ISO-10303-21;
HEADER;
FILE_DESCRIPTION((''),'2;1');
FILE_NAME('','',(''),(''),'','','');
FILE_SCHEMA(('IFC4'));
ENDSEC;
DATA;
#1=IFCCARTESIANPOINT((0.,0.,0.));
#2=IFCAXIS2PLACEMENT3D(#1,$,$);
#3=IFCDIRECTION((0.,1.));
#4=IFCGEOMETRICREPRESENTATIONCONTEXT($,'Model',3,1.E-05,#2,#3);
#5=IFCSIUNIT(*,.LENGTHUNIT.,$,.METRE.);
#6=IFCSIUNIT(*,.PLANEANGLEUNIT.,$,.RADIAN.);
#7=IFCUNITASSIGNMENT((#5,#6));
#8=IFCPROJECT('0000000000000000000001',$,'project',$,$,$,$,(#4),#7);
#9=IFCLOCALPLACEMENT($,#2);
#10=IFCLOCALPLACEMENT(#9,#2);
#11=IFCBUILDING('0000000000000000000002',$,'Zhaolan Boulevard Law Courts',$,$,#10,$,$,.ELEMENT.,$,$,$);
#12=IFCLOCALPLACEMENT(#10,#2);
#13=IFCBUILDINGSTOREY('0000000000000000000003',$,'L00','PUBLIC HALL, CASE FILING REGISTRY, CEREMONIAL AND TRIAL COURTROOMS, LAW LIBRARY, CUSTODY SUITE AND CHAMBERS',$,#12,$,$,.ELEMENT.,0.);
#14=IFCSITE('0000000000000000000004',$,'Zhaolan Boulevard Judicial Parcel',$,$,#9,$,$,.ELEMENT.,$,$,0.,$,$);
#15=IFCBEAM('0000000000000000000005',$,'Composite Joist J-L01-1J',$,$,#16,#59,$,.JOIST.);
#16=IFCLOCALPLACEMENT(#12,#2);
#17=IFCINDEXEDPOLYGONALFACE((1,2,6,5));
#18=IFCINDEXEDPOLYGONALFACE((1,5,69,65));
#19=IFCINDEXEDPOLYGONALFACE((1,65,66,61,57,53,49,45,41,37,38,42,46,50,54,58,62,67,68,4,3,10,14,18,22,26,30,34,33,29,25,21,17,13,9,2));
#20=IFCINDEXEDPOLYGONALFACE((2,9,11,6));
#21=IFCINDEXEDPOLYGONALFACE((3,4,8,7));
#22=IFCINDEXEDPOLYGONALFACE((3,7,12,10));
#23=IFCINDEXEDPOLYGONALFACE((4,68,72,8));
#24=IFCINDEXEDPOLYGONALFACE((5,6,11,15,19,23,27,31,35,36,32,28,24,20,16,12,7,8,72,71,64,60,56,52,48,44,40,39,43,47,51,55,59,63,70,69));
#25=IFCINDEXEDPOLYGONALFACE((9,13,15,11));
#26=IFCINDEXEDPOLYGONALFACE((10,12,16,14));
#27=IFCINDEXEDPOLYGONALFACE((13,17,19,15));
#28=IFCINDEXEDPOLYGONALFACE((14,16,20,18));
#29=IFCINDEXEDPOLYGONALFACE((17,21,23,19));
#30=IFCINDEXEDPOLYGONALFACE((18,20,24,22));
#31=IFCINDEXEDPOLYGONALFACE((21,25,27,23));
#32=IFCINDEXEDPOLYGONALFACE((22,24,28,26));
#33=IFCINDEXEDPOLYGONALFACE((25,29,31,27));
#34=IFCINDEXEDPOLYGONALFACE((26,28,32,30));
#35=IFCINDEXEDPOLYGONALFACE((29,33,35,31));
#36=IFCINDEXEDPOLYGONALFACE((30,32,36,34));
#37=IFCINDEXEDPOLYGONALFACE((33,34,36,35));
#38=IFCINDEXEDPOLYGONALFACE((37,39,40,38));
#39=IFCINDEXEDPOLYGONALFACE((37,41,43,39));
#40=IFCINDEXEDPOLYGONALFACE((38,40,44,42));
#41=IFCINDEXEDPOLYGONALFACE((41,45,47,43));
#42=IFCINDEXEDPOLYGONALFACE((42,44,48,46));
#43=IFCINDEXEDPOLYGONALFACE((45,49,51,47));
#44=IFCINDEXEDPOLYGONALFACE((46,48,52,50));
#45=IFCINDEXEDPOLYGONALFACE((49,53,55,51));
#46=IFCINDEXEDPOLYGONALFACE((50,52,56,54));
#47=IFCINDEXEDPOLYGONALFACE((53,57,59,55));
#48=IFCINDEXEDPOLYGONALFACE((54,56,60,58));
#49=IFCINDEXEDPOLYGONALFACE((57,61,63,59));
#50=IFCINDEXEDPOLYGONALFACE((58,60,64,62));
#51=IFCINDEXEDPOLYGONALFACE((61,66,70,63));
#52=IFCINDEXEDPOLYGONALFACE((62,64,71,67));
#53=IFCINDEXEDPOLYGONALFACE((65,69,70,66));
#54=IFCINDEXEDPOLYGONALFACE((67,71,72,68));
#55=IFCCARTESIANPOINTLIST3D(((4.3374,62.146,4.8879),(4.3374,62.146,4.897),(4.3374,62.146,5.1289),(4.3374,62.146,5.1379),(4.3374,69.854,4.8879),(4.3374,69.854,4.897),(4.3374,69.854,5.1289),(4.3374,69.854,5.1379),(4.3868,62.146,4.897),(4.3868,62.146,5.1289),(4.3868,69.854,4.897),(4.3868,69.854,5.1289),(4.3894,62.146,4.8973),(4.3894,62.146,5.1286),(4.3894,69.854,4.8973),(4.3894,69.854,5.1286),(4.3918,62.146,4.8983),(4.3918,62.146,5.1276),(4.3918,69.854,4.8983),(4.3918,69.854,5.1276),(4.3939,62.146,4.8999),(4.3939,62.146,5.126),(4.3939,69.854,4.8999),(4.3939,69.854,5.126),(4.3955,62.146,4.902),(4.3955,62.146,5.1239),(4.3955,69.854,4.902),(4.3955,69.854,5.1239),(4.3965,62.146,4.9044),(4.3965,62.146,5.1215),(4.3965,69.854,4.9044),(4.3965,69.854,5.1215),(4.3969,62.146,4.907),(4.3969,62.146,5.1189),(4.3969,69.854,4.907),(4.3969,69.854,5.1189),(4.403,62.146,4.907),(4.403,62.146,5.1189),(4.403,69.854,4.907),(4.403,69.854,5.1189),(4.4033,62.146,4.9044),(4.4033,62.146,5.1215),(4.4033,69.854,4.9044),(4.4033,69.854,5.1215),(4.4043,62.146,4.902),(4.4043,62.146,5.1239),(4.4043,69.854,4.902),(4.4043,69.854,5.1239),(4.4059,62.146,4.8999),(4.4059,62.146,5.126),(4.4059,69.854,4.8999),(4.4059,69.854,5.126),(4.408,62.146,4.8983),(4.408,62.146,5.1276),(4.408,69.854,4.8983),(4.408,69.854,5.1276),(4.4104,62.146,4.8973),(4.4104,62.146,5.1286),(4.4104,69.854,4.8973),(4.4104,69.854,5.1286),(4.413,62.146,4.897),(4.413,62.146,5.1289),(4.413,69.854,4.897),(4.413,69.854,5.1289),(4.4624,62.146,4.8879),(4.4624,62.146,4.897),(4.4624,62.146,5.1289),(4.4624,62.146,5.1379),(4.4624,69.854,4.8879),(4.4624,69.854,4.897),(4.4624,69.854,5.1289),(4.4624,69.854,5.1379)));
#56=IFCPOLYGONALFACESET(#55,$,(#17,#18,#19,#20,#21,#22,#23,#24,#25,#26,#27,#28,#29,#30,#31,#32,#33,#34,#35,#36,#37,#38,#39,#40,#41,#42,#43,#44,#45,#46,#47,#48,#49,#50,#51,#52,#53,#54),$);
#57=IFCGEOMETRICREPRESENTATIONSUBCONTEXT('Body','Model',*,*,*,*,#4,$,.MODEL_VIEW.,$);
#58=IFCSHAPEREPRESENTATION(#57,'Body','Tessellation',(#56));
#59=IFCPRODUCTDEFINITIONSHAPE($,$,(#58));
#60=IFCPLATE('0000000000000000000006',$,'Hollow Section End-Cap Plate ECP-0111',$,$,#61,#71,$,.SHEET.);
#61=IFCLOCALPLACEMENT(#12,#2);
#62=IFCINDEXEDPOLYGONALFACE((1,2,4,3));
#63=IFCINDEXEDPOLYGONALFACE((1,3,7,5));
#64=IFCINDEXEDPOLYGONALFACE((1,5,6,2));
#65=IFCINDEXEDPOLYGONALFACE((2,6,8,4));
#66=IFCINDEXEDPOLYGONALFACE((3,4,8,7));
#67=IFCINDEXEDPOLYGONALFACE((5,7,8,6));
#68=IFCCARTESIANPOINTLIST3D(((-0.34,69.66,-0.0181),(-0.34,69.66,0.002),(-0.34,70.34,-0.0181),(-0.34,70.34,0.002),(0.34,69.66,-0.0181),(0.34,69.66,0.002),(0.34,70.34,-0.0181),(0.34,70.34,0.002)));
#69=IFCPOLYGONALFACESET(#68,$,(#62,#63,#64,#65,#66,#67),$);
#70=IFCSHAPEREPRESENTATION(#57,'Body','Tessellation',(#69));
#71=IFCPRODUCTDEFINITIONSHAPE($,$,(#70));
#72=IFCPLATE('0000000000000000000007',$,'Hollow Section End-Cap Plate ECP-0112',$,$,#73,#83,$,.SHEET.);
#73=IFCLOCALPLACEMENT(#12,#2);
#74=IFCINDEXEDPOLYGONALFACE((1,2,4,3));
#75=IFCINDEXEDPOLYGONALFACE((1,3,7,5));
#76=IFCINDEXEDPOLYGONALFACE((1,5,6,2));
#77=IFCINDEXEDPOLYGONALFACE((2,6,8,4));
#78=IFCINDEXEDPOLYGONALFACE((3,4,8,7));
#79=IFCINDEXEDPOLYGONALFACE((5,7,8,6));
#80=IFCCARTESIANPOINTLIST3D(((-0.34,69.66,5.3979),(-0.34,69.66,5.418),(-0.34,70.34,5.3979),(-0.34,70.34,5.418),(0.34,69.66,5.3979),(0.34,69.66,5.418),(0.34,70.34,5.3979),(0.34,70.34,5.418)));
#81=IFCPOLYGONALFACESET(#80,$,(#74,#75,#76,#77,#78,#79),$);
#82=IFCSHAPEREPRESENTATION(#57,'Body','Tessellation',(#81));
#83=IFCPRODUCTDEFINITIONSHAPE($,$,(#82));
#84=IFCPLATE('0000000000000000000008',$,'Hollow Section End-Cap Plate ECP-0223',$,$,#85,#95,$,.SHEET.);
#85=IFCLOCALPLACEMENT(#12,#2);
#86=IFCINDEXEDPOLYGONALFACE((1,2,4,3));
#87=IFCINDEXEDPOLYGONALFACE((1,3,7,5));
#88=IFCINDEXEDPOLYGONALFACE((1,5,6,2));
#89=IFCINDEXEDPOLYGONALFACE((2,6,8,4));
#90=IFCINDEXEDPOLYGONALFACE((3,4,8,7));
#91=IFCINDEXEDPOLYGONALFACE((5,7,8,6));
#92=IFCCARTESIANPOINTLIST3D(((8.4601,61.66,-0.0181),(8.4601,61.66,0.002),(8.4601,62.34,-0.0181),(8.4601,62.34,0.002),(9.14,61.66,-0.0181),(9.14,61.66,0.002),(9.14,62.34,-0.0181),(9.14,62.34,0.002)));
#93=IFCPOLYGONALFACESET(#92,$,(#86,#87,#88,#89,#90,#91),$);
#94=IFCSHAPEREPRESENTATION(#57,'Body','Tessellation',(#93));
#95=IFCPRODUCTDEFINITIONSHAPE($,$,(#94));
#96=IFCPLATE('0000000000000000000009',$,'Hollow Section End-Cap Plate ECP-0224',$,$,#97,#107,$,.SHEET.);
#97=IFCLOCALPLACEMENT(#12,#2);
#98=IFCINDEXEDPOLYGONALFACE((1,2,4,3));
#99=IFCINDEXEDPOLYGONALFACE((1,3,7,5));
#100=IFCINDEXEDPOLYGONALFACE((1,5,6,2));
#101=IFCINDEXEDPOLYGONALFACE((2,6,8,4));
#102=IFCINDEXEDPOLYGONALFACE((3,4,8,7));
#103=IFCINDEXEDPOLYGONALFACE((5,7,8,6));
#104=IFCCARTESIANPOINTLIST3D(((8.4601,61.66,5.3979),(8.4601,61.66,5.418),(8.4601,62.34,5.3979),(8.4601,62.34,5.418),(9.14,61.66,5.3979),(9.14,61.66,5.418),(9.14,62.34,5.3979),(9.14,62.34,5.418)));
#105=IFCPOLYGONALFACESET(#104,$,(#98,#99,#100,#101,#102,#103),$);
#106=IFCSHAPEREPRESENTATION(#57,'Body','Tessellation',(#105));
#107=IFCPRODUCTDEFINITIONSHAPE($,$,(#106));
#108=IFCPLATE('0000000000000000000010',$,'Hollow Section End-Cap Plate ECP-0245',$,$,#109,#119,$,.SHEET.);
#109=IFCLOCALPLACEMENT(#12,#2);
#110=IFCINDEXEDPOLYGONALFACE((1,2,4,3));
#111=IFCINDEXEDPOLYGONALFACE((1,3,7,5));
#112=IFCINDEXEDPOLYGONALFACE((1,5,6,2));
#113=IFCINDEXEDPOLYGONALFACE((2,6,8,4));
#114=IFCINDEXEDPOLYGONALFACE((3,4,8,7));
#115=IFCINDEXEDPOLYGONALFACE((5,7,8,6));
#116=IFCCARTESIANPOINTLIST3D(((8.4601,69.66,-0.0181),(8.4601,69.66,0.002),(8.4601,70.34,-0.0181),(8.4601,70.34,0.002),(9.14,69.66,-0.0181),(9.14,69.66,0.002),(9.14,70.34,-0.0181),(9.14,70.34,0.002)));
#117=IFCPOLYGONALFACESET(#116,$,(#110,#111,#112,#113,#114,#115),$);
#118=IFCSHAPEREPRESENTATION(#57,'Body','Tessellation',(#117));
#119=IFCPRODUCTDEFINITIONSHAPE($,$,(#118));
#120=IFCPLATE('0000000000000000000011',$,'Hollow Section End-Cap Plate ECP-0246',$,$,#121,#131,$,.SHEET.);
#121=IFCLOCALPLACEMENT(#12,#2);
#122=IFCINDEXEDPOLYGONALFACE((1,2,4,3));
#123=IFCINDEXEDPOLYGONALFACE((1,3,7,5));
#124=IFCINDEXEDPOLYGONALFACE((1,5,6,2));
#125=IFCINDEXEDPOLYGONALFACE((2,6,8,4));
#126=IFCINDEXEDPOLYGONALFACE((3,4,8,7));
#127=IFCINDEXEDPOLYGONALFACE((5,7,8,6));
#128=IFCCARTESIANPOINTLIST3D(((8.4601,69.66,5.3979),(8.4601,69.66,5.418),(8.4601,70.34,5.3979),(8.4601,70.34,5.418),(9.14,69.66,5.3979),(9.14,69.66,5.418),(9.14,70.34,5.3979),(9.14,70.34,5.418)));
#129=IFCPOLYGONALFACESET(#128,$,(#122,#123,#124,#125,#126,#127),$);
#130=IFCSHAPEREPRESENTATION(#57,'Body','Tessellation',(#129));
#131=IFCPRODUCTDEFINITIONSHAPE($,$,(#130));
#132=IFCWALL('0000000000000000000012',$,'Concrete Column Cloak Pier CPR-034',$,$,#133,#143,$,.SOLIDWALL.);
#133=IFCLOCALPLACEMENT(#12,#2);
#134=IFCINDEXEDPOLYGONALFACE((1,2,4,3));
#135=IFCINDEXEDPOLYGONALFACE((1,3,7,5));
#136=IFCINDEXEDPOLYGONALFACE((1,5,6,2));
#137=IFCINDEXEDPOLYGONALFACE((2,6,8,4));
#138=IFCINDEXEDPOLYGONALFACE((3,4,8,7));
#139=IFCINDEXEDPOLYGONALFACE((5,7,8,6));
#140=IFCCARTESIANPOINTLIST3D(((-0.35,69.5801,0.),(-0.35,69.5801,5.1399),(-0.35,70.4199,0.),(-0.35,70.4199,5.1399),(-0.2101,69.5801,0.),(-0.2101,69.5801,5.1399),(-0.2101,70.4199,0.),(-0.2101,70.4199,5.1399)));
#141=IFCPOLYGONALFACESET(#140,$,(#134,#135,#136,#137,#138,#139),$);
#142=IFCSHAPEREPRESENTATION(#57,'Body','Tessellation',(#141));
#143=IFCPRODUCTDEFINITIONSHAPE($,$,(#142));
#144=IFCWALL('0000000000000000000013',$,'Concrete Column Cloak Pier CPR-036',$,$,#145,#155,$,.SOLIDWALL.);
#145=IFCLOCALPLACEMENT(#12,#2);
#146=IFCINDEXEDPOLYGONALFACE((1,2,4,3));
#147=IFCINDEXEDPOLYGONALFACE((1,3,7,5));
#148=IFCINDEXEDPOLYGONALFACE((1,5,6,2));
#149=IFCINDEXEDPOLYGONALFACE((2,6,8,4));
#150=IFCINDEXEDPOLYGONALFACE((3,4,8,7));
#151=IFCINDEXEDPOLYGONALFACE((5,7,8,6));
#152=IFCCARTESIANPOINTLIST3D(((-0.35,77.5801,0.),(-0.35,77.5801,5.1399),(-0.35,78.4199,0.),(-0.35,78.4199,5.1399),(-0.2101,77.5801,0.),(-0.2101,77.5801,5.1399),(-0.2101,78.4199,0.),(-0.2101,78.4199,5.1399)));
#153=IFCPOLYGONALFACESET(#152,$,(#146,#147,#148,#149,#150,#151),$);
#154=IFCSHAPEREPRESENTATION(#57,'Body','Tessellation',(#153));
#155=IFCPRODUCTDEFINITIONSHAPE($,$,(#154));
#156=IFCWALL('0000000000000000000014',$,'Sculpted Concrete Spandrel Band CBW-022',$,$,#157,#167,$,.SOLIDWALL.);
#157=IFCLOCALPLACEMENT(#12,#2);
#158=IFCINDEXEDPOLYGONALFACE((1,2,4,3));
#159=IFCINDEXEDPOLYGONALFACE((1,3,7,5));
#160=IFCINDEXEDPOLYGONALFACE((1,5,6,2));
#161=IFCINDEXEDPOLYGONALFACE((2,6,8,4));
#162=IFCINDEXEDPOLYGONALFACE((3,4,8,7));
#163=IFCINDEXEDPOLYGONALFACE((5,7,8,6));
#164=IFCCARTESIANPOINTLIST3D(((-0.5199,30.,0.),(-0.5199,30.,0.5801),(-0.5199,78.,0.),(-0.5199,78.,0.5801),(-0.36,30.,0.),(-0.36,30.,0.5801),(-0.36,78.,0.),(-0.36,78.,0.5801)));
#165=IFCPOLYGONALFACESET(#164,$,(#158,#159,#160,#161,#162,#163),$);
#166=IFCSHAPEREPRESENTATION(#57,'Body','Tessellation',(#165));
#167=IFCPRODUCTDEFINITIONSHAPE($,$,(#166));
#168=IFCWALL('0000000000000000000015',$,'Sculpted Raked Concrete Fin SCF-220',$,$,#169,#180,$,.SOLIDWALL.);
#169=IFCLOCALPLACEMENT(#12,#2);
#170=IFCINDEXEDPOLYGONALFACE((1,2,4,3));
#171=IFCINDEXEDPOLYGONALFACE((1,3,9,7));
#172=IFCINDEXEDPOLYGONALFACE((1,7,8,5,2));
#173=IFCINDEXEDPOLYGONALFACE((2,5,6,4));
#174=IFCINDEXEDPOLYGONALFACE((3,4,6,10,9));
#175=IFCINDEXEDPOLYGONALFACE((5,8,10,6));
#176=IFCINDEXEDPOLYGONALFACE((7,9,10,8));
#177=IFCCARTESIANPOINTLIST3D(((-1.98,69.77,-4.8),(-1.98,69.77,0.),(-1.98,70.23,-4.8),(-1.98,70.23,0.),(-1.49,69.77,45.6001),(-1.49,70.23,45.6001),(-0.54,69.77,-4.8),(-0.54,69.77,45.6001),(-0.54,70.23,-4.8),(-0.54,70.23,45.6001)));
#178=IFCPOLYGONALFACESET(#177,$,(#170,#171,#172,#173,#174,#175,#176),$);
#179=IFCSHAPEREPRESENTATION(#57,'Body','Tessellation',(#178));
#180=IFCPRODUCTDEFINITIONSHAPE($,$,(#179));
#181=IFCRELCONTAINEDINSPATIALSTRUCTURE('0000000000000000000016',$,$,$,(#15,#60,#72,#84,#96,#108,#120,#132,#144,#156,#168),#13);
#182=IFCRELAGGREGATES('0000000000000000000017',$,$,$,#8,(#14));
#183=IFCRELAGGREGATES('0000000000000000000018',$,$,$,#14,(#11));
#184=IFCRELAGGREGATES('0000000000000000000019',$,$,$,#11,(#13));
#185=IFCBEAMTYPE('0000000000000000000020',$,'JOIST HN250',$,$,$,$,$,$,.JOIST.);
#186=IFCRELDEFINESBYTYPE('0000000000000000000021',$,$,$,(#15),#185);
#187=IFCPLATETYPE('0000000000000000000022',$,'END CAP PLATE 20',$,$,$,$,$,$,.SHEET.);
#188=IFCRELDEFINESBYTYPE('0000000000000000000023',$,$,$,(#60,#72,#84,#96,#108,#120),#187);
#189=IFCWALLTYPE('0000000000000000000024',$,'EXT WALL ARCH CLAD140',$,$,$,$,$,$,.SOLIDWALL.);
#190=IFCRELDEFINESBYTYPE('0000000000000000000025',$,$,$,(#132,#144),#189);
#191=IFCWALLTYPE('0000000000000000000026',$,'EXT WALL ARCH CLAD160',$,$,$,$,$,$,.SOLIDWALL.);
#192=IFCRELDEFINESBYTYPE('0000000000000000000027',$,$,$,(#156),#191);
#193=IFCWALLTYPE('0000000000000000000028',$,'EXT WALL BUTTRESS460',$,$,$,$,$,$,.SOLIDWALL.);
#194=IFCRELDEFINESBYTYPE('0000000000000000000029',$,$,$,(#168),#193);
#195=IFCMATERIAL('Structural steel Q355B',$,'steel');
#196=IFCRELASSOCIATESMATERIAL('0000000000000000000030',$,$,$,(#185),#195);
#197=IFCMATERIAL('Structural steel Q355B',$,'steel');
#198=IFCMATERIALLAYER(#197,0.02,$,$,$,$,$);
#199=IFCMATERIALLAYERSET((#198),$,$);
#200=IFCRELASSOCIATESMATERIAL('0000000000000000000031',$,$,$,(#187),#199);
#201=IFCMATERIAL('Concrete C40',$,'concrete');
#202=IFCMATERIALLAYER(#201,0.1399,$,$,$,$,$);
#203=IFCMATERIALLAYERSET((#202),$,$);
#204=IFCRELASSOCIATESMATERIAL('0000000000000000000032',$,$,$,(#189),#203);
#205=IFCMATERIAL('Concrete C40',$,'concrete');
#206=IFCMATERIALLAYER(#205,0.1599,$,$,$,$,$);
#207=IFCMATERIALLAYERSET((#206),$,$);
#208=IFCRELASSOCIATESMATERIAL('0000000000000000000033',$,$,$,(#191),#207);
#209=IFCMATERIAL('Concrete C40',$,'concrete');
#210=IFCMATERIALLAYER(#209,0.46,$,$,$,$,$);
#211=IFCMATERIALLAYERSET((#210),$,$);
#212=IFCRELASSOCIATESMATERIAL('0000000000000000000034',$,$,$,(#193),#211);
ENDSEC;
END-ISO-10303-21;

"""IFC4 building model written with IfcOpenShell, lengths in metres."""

from ifc_helpers import new_model, si_unit, direction, frame, frame_2d, origin, origin_2d, place, context, subcontext, project, spatial, polyline, rectangle, i_section, outline, extrude, material, layer, layer_set, material_profile, profile_set, type_object, element, save


model = new_model("IFC4")

# Units and contexts
model_context = context("Model", 3, precision=1e-05, world=origin(), true_north=direction((0.0, 1.0)))
body_context = subcontext(model_context, "Body", "Model", "MODEL_VIEW")
ifc_project = project(units=[si_unit("LENGTHUNIT", "METRE"), si_unit("PLANEANGLEUNIT", "RADIAN")], contexts=[model_context])

# Site, building, storey
site_placement = place(None, origin())
site = spatial("IfcSite", under=ifc_project, at=site_placement, Name="Zhaolan Boulevard Judicial Parcel", CompositionType="ELEMENT", RefElevation=0.0)
building_placement = place(site_placement, origin())
building = spatial("IfcBuilding", under=site, at=building_placement, Name="Zhaolan Boulevard Law Courts", CompositionType="ELEMENT")
storey_placement = place(building_placement, origin())
storey = spatial("IfcBuildingStorey", under=building, at=storey_placement, Name="L00", Description="PUBLIC HALL, CASE FILING REGISTRY, CEREMONIAL AND TRIAL COURTROOMS, LAW LIBRARY, CUSTODY SUITE AND CHAMBERS", CompositionType="ELEMENT", Elevation=0.0)

# Beam
ifc_material_1 = material(Name="Structural steel Q355B", Category="steel")
ifc_material_profile_1 = material_profile(ifc_material_1, i_section(OverallWidth=0.125, OverallDepth=0.25, WebThickness=0.0061, FlangeThickness=0.009, FilletRadius=0.01, at=origin_2d()), Name="HN250x125")
ifc_profile_set_1 = profile_set([ifc_material_profile_1], Name="Structural steel Q355B")
beam_type_1 = type_object("IfcBeamType", Name="JOIST HN250", PredefinedType="JOIST", material=ifc_profile_set_1)
beam_1_placement = place(storey_placement, frame((4.3999, 62.146, 5.0129), z_axis=(0.0, 1.0, 0.0), x_axis=(-1.0, 0.0, 0.0)))
element("IfcBeam", 1, at=beam_1_placement, inside=storey, type_object=beam_type_1, Name="Composite Joist J-L01-1J", PredefinedType="JOIST", context=body_context, shape_type="SweptSolid", body=[
    extrude(i_section(OverallWidth=0.125, OverallDepth=0.25, WebThickness=0.0061, FlangeThickness=0.009, FilletRadius=0.01, at=origin_2d()), origin(), (0.0, 0.0, 1.0), 7.708),
])

# Plates
ifc_material_2 = material(Name="Structural steel Q355B", Category="steel")
ifc_layer_1 = layer(ifc_material_2, 0.02)
ifc_layer_set_1 = layer_set([ifc_layer_1])
plate_type = type_object("IfcPlateType", Name="END CAP PLATE 20", PredefinedType="SHEET", material=ifc_layer_set_1)
for number, where, z_axis, x_axis, name in (
    (2, (0.0, 70.0, -0.0181), (0.0, 0.0, 1.0), (1.0, 0.0, 0.0), "Hollow Section End-Cap Plate ECP-0111"),
    (3, (0.0, 70.0, 5.3979), (0.0, 0.0, 1.0), (1.0, 0.0, 0.0), "Hollow Section End-Cap Plate ECP-0112"),
    (4, (8.8, 62.0, -0.0181), (0.0, 0.0, 1.0), (1.0, 0.0, 0.0), "Hollow Section End-Cap Plate ECP-0223"),
    (5, (8.8, 62.0, 5.3979), (0.0, 0.0, 1.0), (1.0, 0.0, 0.0), "Hollow Section End-Cap Plate ECP-0224"),
    (6, (8.8, 70.0, -0.0181), (0.0, 0.0, 1.0), (1.0, 0.0, 0.0), "Hollow Section End-Cap Plate ECP-0245"),
    (7, (8.8, 70.0, 5.3979), (0.0, 0.0, 1.0), (1.0, 0.0, 0.0), "Hollow Section End-Cap Plate ECP-0246"),
):
    element("IfcPlate", number, at=place(storey_placement, frame(where, z_axis=z_axis, x_axis=x_axis)), inside=storey, type_object=plate_type, Name=name, PredefinedType="SHEET", context=body_context, shape_type="SweptSolid", body=[
        extrude(rectangle(XDim=0.6799, YDim=0.6799, at=origin_2d()), origin(), (0.0, 0.0, 1.0), 0.02),
    ])

# Walls
ifc_material_3 = material(Name="Concrete C40", Category="concrete")
ifc_layer_2 = layer(ifc_material_3, 0.1399)
ifc_layer_set_2 = layer_set([ifc_layer_2])
wall_type_1 = type_object("IfcWallType", Name="EXT WALL ARCH CLAD140", PredefinedType="SOLIDWALL", material=ifc_layer_set_2)
for number, where, z_axis, x_axis, name in (
    (8, (-0.28, 69.5801, 0.0), (0.0, 0.0, 1.0), (0.0, 1.0, 0.0), "Concrete Column Cloak Pier CPR-034"),
    (9, (-0.28, 77.5801, 0.0), (0.0, 0.0, 1.0), (0.0, 1.0, 0.0), "Concrete Column Cloak Pier CPR-036"),
):
    element("IfcWall", number, at=place(storey_placement, frame(where, z_axis=z_axis, x_axis=x_axis)), inside=storey, type_object=wall_type_1, Name=name, PredefinedType="SOLIDWALL", context=body_context, shape_type="SweptSolid", body=[
        extrude(rectangle(XDim=0.8398, YDim=0.1399, at=frame_2d((0.4199, 0.0))), origin(), (0.0, 0.0, 1.0), 5.1399),
    ])
ifc_material_4 = material(Name="Concrete C40", Category="concrete")
ifc_layer_3 = layer(ifc_material_4, 0.1599)
ifc_layer_set_3 = layer_set([ifc_layer_3])
wall_type_2 = type_object("IfcWallType", Name="EXT WALL ARCH CLAD160", PredefinedType="SOLIDWALL", material=ifc_layer_set_3)
wall_1_placement = place(storey_placement, frame((-0.4399, 78.0, 0.0), z_axis=(0.0, 0.0, 1.0), x_axis=(0.0, -1.0, 0.0)))
element("IfcWall", 10, at=wall_1_placement, inside=storey, type_object=wall_type_2, Name="Sculpted Concrete Spandrel Band CBW-022", PredefinedType="SOLIDWALL", context=body_context, shape_type="SweptSolid", body=[
    extrude(rectangle(XDim=48.0, YDim=0.1599, at=frame_2d((24.0, 0.0))), origin(), (0.0, 0.0, 1.0), 0.5801),
])
ifc_material_5 = material(Name="Concrete C40", Category="concrete")
ifc_layer_4 = layer(ifc_material_5, 0.46)
ifc_layer_set_4 = layer_set([ifc_layer_4])
wall_type_3 = type_object("IfcWallType", Name="EXT WALL BUTTRESS460", PredefinedType="SOLIDWALL", material=ifc_layer_set_4)
wall_2_placement = place(storey_placement, frame((-0.54, 70.0, -4.8), z_axis=(0.0, 0.0, 1.0), x_axis=(-1.0, 0.0, 0.0)))
element("IfcWall", 11, at=wall_2_placement, inside=storey, type_object=wall_type_3, Name="Sculpted Raked Concrete Fin SCF-220", PredefinedType="SOLIDWALL", context=body_context, shape_type="SweptSolid", body=[
    extrude(outline(polyline([(0.0, 0.0), (1.4399, 0.0), (1.4399, 4.8), (0.95, 50.4001), (0.0, 50.4001), (0.0, 0.0)])), frame((0.0, 0.23, 0.0), z_axis=(0.0, -1.0, 0.0), x_axis=(1.0, 0.0, 0.0)), (0.0, 0.0, 1.0), 0.46),
])

save(model, "model.ifc")
